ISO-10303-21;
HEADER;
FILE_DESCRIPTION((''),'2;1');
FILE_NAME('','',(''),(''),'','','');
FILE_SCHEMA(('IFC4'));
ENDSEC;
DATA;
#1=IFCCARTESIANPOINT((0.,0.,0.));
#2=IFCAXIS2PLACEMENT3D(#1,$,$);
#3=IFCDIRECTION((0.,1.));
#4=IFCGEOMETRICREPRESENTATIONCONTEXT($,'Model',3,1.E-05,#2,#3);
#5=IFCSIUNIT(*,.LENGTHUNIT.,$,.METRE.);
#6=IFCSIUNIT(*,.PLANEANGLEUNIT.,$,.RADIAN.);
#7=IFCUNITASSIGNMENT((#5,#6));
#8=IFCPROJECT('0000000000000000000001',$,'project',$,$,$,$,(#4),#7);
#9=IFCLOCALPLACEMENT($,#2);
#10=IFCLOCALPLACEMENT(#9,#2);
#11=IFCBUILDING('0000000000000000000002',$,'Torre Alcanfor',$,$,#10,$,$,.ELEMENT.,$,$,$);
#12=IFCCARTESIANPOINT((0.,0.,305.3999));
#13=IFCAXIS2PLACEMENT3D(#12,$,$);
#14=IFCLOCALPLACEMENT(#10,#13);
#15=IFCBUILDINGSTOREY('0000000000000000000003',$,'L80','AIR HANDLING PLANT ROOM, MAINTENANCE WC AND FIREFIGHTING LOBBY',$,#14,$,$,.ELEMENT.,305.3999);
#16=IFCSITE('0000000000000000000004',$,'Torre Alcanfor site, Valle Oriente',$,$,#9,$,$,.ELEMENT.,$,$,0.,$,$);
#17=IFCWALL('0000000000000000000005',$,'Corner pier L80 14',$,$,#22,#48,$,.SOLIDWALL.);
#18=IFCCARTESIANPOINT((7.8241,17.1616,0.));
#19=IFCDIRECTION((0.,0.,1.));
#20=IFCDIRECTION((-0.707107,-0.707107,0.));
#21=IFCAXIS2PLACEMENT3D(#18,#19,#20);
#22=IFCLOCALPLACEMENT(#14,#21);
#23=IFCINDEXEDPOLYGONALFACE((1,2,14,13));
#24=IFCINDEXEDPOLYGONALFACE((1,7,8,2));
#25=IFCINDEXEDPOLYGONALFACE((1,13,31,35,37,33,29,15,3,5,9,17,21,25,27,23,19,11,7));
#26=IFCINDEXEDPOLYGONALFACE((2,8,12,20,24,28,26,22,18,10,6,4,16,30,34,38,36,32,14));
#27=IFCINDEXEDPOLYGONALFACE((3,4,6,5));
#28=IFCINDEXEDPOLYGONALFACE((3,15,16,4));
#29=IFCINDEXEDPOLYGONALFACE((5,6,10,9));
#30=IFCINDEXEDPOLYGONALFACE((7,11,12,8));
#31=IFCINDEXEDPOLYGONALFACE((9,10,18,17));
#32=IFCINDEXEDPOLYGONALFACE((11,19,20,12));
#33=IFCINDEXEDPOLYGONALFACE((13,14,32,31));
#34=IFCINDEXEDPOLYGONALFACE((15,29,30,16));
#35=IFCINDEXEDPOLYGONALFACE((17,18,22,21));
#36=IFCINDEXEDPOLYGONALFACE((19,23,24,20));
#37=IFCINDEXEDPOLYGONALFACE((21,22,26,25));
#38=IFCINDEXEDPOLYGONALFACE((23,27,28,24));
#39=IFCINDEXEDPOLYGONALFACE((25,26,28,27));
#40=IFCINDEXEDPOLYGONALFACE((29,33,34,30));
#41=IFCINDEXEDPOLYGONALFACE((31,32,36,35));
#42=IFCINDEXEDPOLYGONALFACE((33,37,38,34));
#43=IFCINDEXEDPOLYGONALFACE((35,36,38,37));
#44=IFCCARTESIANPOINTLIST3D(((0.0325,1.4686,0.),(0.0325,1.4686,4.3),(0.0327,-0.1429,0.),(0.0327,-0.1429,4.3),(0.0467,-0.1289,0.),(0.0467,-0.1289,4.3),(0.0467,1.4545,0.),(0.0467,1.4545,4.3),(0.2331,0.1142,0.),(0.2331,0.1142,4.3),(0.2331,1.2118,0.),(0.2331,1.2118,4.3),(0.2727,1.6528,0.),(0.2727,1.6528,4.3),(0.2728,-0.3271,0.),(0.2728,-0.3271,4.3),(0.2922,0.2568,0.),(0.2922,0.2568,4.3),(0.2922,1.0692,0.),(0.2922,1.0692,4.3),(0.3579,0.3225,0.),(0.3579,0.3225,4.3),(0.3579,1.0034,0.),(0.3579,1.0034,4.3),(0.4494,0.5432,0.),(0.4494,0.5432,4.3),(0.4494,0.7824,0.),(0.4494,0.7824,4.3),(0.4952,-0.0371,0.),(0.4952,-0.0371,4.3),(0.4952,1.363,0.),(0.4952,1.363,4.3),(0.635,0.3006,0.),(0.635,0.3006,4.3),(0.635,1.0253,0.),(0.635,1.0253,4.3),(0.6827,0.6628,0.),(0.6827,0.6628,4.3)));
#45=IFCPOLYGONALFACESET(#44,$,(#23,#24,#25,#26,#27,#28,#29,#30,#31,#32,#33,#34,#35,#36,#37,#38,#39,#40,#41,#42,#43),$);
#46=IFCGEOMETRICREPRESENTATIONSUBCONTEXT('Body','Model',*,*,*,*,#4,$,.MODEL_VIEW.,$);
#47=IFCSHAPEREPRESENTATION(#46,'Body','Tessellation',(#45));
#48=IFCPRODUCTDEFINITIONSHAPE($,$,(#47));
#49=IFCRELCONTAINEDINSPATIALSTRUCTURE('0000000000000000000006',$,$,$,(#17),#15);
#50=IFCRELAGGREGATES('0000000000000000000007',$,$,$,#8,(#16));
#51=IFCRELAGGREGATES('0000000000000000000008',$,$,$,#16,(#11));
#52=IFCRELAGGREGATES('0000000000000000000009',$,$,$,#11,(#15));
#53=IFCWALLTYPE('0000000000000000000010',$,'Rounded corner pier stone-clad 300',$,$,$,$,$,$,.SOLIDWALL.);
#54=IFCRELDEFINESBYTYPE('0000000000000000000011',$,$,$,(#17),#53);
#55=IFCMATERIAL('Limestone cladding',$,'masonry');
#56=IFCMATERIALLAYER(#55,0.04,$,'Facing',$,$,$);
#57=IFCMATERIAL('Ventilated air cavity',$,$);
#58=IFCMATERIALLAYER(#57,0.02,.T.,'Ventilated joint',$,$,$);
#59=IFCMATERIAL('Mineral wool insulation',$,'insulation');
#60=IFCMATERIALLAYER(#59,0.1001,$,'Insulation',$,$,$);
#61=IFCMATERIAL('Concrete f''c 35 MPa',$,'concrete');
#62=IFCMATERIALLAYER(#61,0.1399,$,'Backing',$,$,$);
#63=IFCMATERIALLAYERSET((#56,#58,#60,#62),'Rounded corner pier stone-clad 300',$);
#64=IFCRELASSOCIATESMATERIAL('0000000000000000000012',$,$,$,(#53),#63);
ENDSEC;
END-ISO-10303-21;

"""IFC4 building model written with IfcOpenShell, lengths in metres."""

from ifc_helpers import new_model, si_unit, direction, frame, origin, place, context, subcontext, project, spatial, polyline, outline, extrude, material, layer, layer_set, type_object, element, save


model = new_model("IFC4")

# Units and contexts
model_context = context("Model", 3, precision=1e-05, world=origin(), true_north=direction((0.0, 1.0)))
body_context = subcontext(model_context, "Body", "Model", "MODEL_VIEW")
ifc_project = project(units=[si_unit("LENGTHUNIT", "METRE"), si_unit("PLANEANGLEUNIT", "RADIAN")], contexts=[model_context])

# Site, building, storey
site_placement = place(None, origin())
site = spatial("IfcSite", under=ifc_project, at=site_placement, Name="Torre Alcanfor site, Valle Oriente", CompositionType="ELEMENT", RefElevation=0.0)
building_placement = place(site_placement, origin())
building = spatial("IfcBuilding", under=site, at=building_placement, Name="Torre Alcanfor", CompositionType="ELEMENT")
storey_placement = place(building_placement, frame((0.0, 0.0, 305.3999)))
storey = spatial("IfcBuildingStorey", under=building, at=storey_placement, Name="L80", Description="AIR HANDLING PLANT ROOM, MAINTENANCE WC AND FIREFIGHTING LOBBY", CompositionType="ELEMENT", Elevation=305.3999)

# Wall
ifc_material_1 = material(Name="Limestone cladding", Category="masonry")
ifc_layer_1 = layer(ifc_material_1, 0.04, Name="Facing")
ifc_material_2 = material(Name="Ventilated air cavity")
ifc_layer_2 = layer(ifc_material_2, 0.02, ventilated=True, Name="Ventilated joint")
ifc_material_3 = material(Name="Mineral wool insulation", Category="insulation")
ifc_layer_3 = layer(ifc_material_3, 0.1001, Name="Insulation")
ifc_material_4 = material(Name="Concrete f'c 35 MPa", Category="concrete")
ifc_layer_4 = layer(ifc_material_4, 0.1399, Name="Backing")
ifc_layer_set_1 = layer_set([ifc_layer_1, ifc_layer_2, ifc_layer_3, ifc_layer_4], Name="Rounded corner pier stone-clad 300")
wall_type_1 = type_object("IfcWallType", Name="Rounded corner pier stone-clad 300", PredefinedType="SOLIDWALL", material=ifc_layer_set_1)
wall_1_placement = place(storey_placement, frame((7.8241, 17.1616, 0.0), z_axis=(0.0, 0.0, 1.0), x_axis=(-0.707107, -0.707107, 0.0)))
element("IfcWall", 1, at=wall_1_placement, inside=storey, type_object=wall_type_1, Name="Corner pier L80 14", PredefinedType="SOLIDWALL", context=body_context, shape_type="SweptSolid", body=[
    extrude(outline(polyline([(0.0467, 1.4545), (0.2331, 1.2118), (0.2922, 1.0692), (0.3579, 1.0034), (0.4494, 0.7824), (0.4494, 0.5432), (0.3579, 0.3225), (0.2922, 0.2568), (0.2331, 0.1142), (0.0467, -0.1289), (0.0327, -0.1429), (0.2728, -0.3271), (0.4952, -0.0371), (0.635, 0.3006), (0.6827, 0.6628), (0.635, 1.0253), (0.4952, 1.363), (0.2727, 1.6528), (0.0325, 1.4686), (0.0467, 1.4545)])), origin(), (0.0, 0.0, 1.0), 4.3),
])

save(model, "model.ifc")
